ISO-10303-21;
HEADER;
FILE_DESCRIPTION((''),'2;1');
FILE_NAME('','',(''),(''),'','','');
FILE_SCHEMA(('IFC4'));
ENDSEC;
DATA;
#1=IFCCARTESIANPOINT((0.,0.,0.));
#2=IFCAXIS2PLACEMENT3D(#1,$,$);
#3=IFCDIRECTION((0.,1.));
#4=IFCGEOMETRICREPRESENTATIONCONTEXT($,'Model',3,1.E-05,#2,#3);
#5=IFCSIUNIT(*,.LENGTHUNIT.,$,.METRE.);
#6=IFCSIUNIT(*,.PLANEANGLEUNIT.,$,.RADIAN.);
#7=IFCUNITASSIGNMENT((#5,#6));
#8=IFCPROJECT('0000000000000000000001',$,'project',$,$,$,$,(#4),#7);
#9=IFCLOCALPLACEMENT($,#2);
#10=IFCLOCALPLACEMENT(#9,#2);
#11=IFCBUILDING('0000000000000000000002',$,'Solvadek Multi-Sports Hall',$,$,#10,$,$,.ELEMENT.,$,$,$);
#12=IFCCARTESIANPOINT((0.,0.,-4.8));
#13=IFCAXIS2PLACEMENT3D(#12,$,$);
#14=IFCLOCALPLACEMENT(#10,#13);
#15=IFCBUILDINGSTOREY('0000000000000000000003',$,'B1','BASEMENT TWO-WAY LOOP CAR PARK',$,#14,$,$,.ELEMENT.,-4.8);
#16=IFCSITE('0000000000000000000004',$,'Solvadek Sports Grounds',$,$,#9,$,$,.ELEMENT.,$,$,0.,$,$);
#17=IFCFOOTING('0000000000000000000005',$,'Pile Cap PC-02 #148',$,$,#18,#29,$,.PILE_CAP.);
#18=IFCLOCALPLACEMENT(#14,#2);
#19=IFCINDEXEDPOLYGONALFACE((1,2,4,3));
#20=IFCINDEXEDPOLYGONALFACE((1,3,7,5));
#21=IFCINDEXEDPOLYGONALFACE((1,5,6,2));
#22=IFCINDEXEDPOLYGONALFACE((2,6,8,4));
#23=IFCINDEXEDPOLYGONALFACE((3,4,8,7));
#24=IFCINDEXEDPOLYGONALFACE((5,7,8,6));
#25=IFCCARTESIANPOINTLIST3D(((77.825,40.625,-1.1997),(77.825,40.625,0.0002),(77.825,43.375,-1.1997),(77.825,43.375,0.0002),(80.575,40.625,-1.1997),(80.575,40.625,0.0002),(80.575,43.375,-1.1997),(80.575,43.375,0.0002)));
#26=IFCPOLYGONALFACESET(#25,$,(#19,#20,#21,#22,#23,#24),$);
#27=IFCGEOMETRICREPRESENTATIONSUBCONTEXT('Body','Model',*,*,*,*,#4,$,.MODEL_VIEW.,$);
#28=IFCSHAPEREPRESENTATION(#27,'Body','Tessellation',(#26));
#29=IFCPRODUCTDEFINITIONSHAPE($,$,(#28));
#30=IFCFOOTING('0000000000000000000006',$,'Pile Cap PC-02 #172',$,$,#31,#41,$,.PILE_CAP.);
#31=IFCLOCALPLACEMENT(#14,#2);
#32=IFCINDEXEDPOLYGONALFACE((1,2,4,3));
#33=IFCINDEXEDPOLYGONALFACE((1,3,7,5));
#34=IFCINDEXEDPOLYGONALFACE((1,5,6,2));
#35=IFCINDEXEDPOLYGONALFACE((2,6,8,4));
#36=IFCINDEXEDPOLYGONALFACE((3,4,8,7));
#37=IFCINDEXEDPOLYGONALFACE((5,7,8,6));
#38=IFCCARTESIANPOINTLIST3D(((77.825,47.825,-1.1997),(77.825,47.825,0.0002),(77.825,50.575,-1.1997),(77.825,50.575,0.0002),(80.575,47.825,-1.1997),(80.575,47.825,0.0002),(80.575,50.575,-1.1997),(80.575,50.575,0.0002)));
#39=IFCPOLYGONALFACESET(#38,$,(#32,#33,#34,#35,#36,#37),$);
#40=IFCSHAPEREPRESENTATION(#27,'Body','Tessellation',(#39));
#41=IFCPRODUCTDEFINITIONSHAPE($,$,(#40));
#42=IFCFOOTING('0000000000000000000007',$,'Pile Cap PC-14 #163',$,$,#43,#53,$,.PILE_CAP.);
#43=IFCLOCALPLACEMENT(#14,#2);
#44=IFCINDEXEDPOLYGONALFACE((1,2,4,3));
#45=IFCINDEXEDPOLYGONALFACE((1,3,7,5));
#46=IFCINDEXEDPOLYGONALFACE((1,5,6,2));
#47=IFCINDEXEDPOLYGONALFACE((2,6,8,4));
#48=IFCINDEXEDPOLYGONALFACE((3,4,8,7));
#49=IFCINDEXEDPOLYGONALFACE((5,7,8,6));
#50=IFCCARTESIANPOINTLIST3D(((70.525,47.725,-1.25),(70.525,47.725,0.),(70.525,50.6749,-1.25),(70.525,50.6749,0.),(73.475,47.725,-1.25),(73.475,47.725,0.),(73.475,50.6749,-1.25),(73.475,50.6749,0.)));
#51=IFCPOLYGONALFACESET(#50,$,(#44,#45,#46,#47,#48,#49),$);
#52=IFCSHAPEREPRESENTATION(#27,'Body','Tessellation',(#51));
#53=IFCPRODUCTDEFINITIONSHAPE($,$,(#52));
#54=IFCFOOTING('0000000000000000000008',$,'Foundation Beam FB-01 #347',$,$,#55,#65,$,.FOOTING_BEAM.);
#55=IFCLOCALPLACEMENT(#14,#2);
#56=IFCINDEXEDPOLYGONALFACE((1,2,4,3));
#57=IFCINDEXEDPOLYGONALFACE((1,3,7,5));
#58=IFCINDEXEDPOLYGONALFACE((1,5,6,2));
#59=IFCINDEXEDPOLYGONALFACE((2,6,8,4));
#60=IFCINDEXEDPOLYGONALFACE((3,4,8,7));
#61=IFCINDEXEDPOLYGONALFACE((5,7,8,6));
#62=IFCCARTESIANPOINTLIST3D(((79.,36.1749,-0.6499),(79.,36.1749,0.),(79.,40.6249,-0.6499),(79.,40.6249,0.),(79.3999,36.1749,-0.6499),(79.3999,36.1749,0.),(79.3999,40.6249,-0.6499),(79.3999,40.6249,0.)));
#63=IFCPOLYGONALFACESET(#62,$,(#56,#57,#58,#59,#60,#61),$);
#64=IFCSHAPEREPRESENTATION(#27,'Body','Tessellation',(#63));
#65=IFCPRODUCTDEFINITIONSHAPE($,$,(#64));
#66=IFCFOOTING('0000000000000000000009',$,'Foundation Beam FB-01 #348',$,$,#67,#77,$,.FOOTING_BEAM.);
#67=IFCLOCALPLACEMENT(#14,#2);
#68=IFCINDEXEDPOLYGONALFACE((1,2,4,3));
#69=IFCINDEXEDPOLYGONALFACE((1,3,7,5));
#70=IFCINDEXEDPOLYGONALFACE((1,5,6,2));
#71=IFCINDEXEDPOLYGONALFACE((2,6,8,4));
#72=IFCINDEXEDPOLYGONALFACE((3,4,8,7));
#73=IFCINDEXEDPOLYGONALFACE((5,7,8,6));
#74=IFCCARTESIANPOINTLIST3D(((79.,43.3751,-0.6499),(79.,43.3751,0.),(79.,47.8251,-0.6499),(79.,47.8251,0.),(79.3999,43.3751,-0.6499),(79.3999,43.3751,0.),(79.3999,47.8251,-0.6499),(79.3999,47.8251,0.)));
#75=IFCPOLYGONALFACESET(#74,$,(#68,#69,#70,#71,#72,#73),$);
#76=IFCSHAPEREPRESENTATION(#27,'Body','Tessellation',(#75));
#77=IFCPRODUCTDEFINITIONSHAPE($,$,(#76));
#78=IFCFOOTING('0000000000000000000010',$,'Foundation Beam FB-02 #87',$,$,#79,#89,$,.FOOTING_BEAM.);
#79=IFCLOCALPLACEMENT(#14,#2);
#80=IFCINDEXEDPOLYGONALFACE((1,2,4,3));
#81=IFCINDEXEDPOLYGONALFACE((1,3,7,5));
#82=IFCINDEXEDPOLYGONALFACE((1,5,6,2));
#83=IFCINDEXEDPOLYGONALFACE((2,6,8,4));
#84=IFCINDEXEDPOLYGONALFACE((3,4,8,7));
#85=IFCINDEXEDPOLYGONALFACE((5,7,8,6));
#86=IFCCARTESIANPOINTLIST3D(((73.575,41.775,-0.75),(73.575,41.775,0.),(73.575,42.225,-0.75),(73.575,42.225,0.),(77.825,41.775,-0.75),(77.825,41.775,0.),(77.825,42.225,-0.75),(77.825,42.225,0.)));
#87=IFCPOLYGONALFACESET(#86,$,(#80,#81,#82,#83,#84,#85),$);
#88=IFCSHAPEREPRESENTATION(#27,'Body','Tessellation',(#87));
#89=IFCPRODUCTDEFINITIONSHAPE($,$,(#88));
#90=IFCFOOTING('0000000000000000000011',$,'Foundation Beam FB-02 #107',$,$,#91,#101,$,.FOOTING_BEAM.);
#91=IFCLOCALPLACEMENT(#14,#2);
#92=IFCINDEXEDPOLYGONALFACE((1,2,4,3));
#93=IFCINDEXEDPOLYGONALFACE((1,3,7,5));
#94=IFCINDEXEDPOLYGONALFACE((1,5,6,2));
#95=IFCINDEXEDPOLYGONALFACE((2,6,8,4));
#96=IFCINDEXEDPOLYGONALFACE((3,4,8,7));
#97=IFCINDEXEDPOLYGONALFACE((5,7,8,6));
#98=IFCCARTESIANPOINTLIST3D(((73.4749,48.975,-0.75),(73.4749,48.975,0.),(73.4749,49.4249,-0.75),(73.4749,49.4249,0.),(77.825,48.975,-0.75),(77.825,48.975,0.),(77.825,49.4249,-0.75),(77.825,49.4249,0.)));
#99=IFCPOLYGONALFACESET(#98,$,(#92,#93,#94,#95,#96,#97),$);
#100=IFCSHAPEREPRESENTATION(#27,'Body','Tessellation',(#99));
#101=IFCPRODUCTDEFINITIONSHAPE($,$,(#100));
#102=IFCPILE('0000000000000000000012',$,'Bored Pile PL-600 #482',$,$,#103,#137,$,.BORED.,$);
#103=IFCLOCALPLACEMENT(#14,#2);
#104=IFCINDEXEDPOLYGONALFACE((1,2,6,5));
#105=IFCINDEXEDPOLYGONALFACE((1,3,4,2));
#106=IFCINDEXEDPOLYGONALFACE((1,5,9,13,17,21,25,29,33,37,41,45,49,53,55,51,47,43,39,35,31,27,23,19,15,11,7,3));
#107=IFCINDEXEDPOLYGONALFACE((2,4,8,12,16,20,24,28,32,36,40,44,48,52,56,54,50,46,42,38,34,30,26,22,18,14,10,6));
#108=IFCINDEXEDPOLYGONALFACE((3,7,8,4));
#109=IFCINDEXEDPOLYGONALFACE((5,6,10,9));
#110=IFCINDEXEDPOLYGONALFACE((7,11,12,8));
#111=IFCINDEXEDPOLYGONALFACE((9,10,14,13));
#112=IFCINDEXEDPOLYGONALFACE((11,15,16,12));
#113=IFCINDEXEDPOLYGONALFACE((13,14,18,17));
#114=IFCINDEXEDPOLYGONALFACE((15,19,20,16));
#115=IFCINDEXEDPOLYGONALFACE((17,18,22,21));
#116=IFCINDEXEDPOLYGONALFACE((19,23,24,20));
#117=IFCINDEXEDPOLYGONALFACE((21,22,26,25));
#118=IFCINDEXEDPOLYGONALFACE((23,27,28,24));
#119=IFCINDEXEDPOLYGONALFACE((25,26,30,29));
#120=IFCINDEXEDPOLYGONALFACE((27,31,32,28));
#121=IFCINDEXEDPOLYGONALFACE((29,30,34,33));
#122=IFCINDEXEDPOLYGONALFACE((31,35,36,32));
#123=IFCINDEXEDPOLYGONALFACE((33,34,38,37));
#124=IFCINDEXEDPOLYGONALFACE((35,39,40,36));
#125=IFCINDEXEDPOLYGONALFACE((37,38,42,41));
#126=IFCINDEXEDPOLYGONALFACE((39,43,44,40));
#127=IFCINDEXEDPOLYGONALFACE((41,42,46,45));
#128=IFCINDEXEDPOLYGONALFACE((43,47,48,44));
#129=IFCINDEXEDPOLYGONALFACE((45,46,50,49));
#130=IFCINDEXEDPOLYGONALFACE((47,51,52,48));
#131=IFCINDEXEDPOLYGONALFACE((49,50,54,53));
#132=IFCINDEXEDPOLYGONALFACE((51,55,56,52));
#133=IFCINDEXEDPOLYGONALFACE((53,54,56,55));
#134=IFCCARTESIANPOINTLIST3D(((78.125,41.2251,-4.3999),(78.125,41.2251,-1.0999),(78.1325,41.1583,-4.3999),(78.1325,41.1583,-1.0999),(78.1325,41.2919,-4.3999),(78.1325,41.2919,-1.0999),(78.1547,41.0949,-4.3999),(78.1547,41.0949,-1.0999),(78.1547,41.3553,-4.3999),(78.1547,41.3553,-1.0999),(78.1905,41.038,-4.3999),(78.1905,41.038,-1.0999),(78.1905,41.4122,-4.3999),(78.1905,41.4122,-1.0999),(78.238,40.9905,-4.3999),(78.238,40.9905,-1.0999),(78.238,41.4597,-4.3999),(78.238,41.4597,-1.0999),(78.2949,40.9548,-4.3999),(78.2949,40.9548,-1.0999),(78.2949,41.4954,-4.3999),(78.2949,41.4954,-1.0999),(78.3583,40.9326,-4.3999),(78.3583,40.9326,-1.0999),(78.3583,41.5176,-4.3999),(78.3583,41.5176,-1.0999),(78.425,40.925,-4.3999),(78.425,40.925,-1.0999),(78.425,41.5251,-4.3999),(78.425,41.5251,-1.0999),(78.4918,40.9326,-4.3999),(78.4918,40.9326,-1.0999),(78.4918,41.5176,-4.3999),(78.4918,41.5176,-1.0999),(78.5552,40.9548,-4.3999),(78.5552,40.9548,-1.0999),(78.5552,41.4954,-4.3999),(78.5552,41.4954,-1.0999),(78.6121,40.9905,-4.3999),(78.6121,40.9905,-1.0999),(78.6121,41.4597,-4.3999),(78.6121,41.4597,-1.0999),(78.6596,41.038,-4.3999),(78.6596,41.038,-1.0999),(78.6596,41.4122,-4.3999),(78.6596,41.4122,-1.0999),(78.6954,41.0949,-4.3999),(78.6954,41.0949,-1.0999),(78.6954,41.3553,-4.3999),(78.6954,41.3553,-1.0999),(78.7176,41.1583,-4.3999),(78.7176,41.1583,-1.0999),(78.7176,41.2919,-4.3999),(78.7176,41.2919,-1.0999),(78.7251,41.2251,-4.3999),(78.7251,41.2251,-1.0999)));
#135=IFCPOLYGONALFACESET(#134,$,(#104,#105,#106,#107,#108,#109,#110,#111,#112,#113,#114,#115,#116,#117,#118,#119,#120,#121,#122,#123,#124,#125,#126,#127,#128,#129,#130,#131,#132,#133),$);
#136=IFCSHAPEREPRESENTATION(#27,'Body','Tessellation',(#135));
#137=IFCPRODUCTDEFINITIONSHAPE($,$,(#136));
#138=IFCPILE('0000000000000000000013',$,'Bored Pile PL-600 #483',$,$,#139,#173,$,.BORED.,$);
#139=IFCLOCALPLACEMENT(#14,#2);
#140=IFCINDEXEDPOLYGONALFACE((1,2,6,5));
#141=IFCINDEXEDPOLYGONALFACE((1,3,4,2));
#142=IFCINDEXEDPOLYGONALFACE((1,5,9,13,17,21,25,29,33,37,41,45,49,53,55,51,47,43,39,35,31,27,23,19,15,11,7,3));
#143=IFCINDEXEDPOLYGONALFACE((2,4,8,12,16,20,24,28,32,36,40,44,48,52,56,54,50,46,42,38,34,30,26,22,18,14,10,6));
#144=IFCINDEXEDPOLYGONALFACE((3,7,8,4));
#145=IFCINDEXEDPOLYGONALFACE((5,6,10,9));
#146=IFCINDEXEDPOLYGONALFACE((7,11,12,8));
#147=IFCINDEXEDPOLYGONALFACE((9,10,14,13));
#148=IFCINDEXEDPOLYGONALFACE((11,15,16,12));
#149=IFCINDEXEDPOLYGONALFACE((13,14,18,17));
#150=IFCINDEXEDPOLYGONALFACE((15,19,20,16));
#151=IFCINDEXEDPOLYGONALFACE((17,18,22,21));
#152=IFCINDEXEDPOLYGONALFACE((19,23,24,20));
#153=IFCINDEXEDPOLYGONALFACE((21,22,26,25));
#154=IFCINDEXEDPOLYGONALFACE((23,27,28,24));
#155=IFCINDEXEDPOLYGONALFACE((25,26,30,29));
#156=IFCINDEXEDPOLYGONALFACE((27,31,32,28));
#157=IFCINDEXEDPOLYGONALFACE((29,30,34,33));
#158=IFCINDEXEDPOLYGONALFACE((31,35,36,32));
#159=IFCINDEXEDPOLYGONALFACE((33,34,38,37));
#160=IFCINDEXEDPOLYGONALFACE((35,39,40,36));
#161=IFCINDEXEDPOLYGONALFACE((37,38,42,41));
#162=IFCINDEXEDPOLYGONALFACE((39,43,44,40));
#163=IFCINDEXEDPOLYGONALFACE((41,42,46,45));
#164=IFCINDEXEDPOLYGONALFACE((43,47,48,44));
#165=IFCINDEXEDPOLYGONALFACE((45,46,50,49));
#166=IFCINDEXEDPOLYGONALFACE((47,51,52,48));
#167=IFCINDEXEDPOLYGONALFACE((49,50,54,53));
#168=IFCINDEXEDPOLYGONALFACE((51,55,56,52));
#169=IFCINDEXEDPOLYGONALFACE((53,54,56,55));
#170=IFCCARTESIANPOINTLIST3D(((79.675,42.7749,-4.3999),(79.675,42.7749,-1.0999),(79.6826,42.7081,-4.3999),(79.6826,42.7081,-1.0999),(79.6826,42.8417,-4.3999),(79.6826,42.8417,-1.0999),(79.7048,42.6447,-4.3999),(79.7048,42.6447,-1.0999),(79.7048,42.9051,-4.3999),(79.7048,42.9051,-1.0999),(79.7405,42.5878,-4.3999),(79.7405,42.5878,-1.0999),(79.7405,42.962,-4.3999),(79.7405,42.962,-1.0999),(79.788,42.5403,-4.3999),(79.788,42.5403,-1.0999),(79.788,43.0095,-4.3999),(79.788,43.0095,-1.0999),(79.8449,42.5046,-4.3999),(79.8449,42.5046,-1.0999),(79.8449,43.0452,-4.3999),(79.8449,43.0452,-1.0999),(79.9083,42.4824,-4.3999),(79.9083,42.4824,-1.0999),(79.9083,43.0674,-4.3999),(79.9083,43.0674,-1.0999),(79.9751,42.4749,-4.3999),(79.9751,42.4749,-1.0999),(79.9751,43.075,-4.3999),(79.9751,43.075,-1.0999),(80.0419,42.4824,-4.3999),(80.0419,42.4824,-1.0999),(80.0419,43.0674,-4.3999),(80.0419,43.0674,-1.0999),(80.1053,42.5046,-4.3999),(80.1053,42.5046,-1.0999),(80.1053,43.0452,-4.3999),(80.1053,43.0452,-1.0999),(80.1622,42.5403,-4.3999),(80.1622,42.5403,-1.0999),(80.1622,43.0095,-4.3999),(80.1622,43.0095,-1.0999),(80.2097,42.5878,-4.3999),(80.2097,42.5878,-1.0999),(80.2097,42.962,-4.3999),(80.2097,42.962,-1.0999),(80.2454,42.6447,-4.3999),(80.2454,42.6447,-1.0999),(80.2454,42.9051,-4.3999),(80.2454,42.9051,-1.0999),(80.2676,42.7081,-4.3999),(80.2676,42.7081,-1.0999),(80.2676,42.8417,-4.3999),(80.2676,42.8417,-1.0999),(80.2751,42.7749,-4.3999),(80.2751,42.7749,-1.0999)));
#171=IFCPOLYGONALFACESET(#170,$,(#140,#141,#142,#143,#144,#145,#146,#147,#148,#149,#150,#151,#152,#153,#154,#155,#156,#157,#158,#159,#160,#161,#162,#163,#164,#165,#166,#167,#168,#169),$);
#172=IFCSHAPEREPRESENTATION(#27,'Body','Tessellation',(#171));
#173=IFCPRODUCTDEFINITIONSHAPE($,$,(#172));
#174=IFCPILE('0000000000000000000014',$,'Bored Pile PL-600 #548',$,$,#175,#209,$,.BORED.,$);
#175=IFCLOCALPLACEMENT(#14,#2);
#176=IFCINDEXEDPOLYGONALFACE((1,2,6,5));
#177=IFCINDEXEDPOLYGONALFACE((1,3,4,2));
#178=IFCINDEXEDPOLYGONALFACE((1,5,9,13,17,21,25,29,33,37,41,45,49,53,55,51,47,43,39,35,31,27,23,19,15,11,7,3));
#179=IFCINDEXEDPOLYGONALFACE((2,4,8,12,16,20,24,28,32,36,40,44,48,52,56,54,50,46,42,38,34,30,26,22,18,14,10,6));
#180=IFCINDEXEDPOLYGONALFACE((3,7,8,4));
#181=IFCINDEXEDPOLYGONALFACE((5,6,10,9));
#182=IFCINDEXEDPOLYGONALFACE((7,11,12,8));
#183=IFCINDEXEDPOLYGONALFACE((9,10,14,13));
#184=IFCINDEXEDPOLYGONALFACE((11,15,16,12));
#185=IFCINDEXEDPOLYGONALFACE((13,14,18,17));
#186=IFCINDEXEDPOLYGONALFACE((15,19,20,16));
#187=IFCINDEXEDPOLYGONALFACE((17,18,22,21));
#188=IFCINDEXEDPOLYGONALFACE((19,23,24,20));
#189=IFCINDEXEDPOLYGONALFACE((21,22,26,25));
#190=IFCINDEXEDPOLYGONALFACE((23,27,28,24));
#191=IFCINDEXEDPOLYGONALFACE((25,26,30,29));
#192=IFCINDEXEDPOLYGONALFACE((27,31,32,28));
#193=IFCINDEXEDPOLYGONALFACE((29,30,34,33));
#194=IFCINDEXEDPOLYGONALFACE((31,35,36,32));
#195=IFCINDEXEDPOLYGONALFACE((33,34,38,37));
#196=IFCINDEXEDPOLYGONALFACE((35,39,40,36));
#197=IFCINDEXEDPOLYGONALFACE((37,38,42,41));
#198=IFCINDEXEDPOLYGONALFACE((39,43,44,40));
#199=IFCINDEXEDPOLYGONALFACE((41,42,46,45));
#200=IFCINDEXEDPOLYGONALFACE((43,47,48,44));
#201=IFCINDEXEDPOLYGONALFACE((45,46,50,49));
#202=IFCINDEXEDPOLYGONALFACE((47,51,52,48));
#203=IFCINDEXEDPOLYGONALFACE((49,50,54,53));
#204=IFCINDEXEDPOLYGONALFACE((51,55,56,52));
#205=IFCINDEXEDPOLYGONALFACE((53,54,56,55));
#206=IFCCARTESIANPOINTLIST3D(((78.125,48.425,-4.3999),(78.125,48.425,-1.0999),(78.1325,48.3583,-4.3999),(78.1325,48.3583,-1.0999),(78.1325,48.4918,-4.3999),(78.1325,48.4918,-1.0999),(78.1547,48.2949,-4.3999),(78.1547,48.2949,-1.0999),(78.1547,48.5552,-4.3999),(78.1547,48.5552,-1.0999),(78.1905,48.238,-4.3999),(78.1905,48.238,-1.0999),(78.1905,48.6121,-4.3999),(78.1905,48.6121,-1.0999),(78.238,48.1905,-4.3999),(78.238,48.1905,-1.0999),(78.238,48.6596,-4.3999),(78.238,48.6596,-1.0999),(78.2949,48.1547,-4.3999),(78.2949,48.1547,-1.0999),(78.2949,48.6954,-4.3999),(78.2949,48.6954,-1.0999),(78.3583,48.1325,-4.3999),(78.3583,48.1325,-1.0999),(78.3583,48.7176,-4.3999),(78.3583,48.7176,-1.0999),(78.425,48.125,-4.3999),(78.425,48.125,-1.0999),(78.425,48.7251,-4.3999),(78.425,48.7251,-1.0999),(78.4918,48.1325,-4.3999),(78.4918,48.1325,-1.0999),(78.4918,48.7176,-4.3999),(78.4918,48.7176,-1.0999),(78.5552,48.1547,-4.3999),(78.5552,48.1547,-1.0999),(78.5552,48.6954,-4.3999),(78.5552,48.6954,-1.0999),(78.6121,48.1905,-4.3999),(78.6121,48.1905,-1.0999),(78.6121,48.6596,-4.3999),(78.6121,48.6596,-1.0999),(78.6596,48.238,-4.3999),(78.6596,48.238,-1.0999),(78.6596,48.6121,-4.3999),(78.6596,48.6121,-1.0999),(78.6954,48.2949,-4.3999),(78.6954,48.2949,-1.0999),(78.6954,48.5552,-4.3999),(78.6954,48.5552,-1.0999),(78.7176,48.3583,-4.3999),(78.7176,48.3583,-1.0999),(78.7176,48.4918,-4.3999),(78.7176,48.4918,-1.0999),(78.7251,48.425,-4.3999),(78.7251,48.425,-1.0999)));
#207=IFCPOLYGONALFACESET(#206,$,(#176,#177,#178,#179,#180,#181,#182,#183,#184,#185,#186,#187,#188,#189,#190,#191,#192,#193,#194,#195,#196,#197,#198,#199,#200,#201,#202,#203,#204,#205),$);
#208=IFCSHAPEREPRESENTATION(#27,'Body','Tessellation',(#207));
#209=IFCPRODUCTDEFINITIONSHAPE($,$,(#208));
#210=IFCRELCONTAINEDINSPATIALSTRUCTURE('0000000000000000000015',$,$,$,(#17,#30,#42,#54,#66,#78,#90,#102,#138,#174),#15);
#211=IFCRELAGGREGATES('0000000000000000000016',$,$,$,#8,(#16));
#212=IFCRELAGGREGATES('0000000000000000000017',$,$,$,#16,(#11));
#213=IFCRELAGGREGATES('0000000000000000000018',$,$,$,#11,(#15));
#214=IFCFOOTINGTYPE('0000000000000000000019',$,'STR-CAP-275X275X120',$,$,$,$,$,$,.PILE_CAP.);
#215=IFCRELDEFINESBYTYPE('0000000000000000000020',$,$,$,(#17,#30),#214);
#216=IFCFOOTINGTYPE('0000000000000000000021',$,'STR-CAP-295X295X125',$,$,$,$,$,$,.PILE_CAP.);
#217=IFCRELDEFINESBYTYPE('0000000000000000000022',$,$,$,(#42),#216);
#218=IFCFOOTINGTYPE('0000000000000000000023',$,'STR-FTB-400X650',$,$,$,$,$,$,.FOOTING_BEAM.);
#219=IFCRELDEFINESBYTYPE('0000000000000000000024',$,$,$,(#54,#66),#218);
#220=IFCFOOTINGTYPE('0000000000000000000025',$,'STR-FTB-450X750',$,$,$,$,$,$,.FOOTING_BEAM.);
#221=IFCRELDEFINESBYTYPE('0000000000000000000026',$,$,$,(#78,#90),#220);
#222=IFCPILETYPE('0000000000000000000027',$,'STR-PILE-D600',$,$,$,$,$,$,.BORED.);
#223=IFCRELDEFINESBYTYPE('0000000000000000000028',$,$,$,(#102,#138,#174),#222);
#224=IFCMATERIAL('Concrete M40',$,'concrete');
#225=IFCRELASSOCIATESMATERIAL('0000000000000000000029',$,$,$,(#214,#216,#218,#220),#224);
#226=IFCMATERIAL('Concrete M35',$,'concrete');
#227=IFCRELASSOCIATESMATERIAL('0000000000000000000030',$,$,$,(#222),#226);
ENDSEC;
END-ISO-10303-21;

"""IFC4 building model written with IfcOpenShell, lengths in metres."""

from ifc_helpers import new_model, si_unit, direction, frame, origin, origin_2d, place, context, subcontext, project, spatial, rectangle, circle, extrude, material, material_profile, profile_set, type_object, element, save


model = new_model("IFC4")

# Units and contexts
model_context = context("Model", 3, precision=1e-05, world=origin(), true_north=direction((0.0, 1.0)))
body_context = subcontext(model_context, "Body", "Model", "MODEL_VIEW")
ifc_project = project(units=[si_unit("LENGTHUNIT", "METRE"), si_unit("PLANEANGLEUNIT", "RADIAN")], contexts=[model_context])

# Site, building, storey
site_placement = place(None, origin())
site = spatial("IfcSite", under=ifc_project, at=site_placement, Name="Solvadek Sports Grounds", CompositionType="ELEMENT", RefElevation=0.0)
building_placement = place(site_placement, origin())
building = spatial("IfcBuilding", under=site, at=building_placement, Name="Solvadek Multi-Sports Hall", CompositionType="ELEMENT")
storey_placement = place(building_placement, frame((0.0, 0.0, -4.8)))
storey = spatial("IfcBuildingStorey", under=building, at=storey_placement, Name="B1", Description="BASEMENT TWO-WAY LOOP CAR PARK", CompositionType="ELEMENT", Elevation=-4.8)

# Footings
ifc_material_1 = material(Name="Concrete M40", Category="concrete")
footing_type_1 = type_object("IfcFootingType", Name="STR-CAP-275X275X120", PredefinedType="PILE_CAP", material=ifc_material_1)
for number, where, z_axis, x_axis, name in (
    (1, (79.2, 42.0, -1.1997), (0.0, 0.0, 1.0), (1.0, 0.0, 0.0), "Pile Cap PC-02 #148"),
    (2, (79.2, 49.2, -1.1997), (0.0, 0.0, 1.0), (1.0, 0.0, 0.0), "Pile Cap PC-02 #172"),
):
    element("IfcFooting", number, at=place(storey_placement, frame(where, z_axis=z_axis, x_axis=x_axis)), inside=storey, type_object=footing_type_1, Name=name, PredefinedType="PILE_CAP", context=body_context, shape_type="SweptSolid", body=[
        extrude(rectangle(XDim=2.75, YDim=2.75, at=origin_2d()), origin(), (0.0, 0.0, 1.0), 1.2),
    ])
footing_type_2 = type_object("IfcFootingType", Name="STR-CAP-295X295X125", PredefinedType="PILE_CAP", material=ifc_material_1)
footing_1_placement = place(storey_placement, frame((72.0, 49.2, -1.25), z_axis=(0.0, 0.0, 1.0), x_axis=(1.0, 0.0, 0.0)))
element("IfcFooting", 3, at=footing_1_placement, inside=storey, type_object=footing_type_2, Name="Pile Cap PC-14 #163", PredefinedType="PILE_CAP", context=body_context, shape_type="SweptSolid", body=[
    extrude(rectangle(XDim=2.95, YDim=2.95, at=origin_2d()), origin(), (0.0, 0.0, 1.0), 1.25),
])
footing_type_3 = type_object("IfcFootingType", Name="STR-FTB-400X650", PredefinedType="FOOTING_BEAM", material=ifc_material_1)
for number, where, z_axis, x_axis, name in (
    (4, (79.2, 38.3999, -0.6499), (0.0, 0.0, 1.0), (0.0, 1.0, 0.0), "Foundation Beam FB-01 #347"),
    (5, (79.2, 45.6001, -0.6499), (0.0, 0.0, 1.0), (0.0, 1.0, 0.0), "Foundation Beam FB-01 #348"),
):
    element("IfcFooting", number, at=place(storey_placement, frame(where, z_axis=z_axis, x_axis=x_axis)), inside=storey, type_object=footing_type_3, Name=name, PredefinedType="FOOTING_BEAM", context=body_context, shape_type="SweptSolid", body=[
        extrude(rectangle(XDim=4.45, YDim=0.3999, at=origin_2d()), origin(), (0.0, 0.0, 1.0), 0.6499),
    ])
footing_type_4 = type_object("IfcFootingType", Name="STR-FTB-450X750", PredefinedType="FOOTING_BEAM", material=ifc_material_1)
footing_2_placement = place(storey_placement, frame((75.7, 42.0, -0.75), z_axis=(0.0, 0.0, 1.0), x_axis=(1.0, 0.0, 0.0)))
element("IfcFooting", 6, at=footing_2_placement, inside=storey, type_object=footing_type_4, Name="Foundation Beam FB-02 #87", PredefinedType="FOOTING_BEAM", context=body_context, shape_type="SweptSolid", body=[
    extrude(rectangle(XDim=4.25, YDim=0.45, at=origin_2d()), origin(), (0.0, 0.0, 1.0), 0.75),
])
footing_3_placement = place(storey_placement, frame((75.6499, 49.2, -0.75), z_axis=(0.0, 0.0, 1.0), x_axis=(1.0, 0.0, 0.0)))
element("IfcFooting", 7, at=footing_3_placement, inside=storey, type_object=footing_type_4, Name="Foundation Beam FB-02 #107", PredefinedType="FOOTING_BEAM", context=body_context, shape_type="SweptSolid", body=[
    extrude(rectangle(XDim=4.3501, YDim=0.45, at=origin_2d()), origin(), (0.0, 0.0, 1.0), 0.75),
])

# Piles
ifc_material_2 = material(Name="Concrete M35", Category="concrete")
ifc_material_profile_1 = material_profile(ifc_material_2, circle(Radius=0.3, at=origin_2d()), Name="BORED PILE D600")
ifc_profile_set_1 = profile_set([ifc_material_profile_1], Name="Concrete M35")
pile_type_1 = type_object("IfcPileType", Name="STR-PILE-D600", PredefinedType="BORED", material=ifc_profile_set_1)
for number, where, z_axis, x_axis, name in (
    (8, (78.425, 41.2251, -1.0999), (0.0, 0.0, -1.0), (1.0, 0.0, 0.0), "Bored Pile PL-600 #482"),
    (9, (79.9751, 42.7749, -1.0999), (0.0, 0.0, -1.0), (1.0, 0.0, 0.0), "Bored Pile PL-600 #483"),
    (10, (78.425, 48.425, -1.0999), (0.0, 0.0, -1.0), (1.0, 0.0, 0.0), "Bored Pile PL-600 #548"),
):
    element("IfcPile", number, at=place(storey_placement, frame(where, z_axis=z_axis, x_axis=x_axis)), inside=storey, type_object=pile_type_1, Name=name, PredefinedType="BORED", context=body_context, shape_type="SweptSolid", body=[
        extrude(circle(Radius=0.3, at=origin_2d()), origin(), (0.0, 0.0, 1.0), 3.3),
    ])

save(model, "model.ifc")
